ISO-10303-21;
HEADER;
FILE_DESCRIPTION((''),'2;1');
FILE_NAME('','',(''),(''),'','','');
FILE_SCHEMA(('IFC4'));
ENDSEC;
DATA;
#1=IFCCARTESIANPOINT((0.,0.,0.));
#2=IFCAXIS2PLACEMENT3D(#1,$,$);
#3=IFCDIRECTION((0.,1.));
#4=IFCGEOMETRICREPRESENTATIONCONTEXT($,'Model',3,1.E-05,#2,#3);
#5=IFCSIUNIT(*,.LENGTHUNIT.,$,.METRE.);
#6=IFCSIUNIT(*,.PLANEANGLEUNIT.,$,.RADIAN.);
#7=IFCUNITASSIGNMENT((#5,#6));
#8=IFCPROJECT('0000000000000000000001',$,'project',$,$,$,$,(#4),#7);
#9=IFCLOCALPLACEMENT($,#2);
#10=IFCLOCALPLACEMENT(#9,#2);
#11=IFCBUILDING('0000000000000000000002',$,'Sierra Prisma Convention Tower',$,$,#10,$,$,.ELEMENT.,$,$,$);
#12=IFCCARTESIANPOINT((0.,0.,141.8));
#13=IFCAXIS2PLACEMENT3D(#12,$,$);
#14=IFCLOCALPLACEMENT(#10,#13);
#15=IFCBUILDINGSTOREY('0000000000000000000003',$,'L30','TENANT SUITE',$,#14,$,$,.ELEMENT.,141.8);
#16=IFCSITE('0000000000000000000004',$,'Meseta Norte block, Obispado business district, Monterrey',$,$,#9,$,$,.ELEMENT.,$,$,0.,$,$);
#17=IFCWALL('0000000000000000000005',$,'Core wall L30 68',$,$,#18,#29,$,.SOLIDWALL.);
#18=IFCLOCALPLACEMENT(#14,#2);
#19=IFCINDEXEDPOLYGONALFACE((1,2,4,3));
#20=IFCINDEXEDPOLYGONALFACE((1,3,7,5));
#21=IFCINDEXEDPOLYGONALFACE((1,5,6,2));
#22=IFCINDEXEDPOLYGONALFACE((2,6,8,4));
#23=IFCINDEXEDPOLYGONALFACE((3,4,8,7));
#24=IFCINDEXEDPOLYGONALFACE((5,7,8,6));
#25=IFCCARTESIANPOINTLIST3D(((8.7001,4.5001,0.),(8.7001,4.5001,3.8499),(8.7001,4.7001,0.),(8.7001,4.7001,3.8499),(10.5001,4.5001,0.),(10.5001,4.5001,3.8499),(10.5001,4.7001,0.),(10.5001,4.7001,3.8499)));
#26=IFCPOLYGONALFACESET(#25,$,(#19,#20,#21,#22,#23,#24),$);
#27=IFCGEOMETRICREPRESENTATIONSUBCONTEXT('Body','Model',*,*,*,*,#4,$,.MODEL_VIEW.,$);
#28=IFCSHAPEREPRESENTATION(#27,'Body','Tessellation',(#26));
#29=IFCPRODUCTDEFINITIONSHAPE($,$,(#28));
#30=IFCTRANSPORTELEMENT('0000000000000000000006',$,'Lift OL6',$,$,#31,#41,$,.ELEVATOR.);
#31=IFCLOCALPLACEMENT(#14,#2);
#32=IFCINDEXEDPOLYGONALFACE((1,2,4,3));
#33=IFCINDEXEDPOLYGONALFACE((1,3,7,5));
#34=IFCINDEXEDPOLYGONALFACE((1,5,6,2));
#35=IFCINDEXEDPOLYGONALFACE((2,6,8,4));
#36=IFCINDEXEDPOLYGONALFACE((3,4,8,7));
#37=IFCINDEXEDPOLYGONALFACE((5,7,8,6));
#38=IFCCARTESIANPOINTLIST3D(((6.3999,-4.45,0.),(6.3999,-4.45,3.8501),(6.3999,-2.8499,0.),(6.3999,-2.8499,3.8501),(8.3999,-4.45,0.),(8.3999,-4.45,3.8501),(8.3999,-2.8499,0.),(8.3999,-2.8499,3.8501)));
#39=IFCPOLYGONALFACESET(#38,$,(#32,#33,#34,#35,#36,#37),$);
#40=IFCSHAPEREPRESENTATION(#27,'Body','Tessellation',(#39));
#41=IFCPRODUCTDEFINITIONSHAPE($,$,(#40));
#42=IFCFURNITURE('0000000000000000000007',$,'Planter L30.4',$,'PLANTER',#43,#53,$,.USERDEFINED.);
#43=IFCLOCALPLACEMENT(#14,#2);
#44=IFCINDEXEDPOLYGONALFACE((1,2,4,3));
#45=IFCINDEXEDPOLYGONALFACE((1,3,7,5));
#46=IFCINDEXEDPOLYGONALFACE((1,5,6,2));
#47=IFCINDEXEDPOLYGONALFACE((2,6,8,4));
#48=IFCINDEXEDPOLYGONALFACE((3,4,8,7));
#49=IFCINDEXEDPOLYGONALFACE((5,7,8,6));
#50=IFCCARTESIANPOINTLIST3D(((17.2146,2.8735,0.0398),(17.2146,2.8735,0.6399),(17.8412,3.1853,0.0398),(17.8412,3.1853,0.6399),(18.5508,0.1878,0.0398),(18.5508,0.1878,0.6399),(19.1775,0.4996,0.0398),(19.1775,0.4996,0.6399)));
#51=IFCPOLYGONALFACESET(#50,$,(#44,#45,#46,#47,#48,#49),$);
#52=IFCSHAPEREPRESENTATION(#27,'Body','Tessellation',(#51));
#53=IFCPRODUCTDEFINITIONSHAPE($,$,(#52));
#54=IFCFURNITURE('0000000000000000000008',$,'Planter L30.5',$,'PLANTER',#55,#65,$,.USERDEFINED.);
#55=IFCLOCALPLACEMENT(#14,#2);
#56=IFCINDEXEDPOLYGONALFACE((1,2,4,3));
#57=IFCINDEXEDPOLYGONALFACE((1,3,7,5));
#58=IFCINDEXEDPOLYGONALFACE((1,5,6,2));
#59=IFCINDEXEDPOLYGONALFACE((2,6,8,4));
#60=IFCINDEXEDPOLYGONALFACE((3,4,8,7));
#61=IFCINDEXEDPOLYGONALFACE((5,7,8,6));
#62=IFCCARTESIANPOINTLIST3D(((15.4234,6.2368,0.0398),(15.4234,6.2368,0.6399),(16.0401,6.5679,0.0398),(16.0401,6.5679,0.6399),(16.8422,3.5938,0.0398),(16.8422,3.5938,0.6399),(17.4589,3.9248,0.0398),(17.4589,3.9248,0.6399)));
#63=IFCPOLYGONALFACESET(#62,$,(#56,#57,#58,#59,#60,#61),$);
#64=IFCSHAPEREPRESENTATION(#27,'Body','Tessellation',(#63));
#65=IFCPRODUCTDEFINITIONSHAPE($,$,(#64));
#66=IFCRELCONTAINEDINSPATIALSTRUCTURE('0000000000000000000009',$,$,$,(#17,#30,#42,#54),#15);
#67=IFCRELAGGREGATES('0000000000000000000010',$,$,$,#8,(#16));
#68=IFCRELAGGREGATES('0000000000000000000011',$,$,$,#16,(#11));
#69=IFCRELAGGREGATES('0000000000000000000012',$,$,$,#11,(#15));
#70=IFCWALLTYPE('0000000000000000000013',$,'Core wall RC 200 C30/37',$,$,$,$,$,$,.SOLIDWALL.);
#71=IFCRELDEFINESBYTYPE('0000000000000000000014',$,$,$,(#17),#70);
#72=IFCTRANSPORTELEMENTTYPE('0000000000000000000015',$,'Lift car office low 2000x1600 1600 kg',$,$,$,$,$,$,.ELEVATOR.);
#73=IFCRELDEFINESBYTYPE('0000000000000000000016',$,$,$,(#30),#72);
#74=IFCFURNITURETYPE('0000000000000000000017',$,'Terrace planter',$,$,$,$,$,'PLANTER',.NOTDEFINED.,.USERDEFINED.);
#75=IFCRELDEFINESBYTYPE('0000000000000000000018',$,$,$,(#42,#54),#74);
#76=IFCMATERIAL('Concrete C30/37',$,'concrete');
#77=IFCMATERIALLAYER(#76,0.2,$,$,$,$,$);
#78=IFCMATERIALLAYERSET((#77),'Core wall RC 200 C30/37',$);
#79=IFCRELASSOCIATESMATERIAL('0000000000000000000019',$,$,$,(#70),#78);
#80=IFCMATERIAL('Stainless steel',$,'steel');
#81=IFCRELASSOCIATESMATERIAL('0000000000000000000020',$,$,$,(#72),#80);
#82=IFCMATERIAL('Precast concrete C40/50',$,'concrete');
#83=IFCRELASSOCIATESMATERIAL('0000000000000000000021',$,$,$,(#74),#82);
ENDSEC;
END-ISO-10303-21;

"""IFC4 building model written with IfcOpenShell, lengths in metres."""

from ifc_helpers import new_model, si_unit, direction, frame, frame_2d, origin, origin_2d, place, context, subcontext, project, spatial, rectangle, extrude, material, layer, layer_set, type_object, element, save


model = new_model("IFC4")

# Units and contexts
model_context = context("Model", 3, precision=1e-05, world=origin(), true_north=direction((0.0, 1.0)))
body_context = subcontext(model_context, "Body", "Model", "MODEL_VIEW")
ifc_project = project(units=[si_unit("LENGTHUNIT", "METRE"), si_unit("PLANEANGLEUNIT", "RADIAN")], contexts=[model_context])

# Site, building, storey
site_placement = place(None, origin())
site = spatial("IfcSite", under=ifc_project, at=site_placement, Name="Meseta Norte block, Obispado business district, Monterrey", CompositionType="ELEMENT", RefElevation=0.0)
building_placement = place(site_placement, origin())
building = spatial("IfcBuilding", under=site, at=building_placement, Name="Sierra Prisma Convention Tower", CompositionType="ELEMENT")
storey_placement = place(building_placement, frame((0.0, 0.0, 141.8)))
storey = spatial("IfcBuildingStorey", under=building, at=storey_placement, Name="L30", Description="TENANT SUITE", CompositionType="ELEMENT", Elevation=141.8)

# Shared definitions
ifc_material_1 = material(Name="Concrete C30/37", Category="concrete")
ifc_layer_1 = layer(ifc_material_1, 0.2)
ifc_layer_set_1 = layer_set([ifc_layer_1], Name="Core wall RC 200 C30/37")
wall_type = type_object("IfcWallType", Name="Core wall RC 200 C30/37", PredefinedType="SOLIDWALL", material=ifc_layer_set_1)

# Wall
wall_1_placement = place(storey_placement, frame((10.5, 4.6001, 0.0), z_axis=(0.0, 0.0, 1.0), x_axis=(-1.0, 0.0, 0.0)))
element("IfcWall", 1, at=wall_1_placement, inside=storey, type_object=wall_type, Name="Core wall L30 68", PredefinedType="SOLIDWALL", context=body_context, shape_type="SweptSolid", body=[
    extrude(rectangle(XDim=1.8, YDim=0.2, at=frame_2d((0.8999, 0.0))), origin(), (0.0, 0.0, 1.0), 3.8499),
])

# Transport element
ifc_material_2 = material(Name="Stainless steel", Category="steel")
transport_element_type = type_object("IfcTransportElementType", Name="Lift car office low 2000x1600 1600 kg", PredefinedType="ELEVATOR", material=ifc_material_2)
transport_element_placement = place(storey_placement, frame((7.3999, -3.6499, 0.0), z_axis=(0.0, 0.0, 1.0), x_axis=(1.0, 0.0, 0.0)))
element("IfcTransportElement", 2, at=transport_element_placement, inside=storey, type_object=transport_element_type, Name="Lift OL6", PredefinedType="ELEVATOR", context=body_context, shape_type="SweptSolid", body=[
    extrude(rectangle(XDim=2.0, YDim=1.6001, at=origin_2d()), origin(), (0.0, 0.0, 1.0), 3.8501),
])

# Furniture
ifc_material_3 = material(Name="Precast concrete C40/50", Category="concrete")
furniture_type = type_object("IfcFurnitureType", Name="Terrace planter", ElementType="PLANTER", AssemblyPlace="NOTDEFINED", PredefinedType="USERDEFINED", material=ifc_material_3)
for number, where, z_axis, x_axis, name in (
    (3, (18.196, 1.6865, 0.0398), (0.0, 0.0, 1.0), (-0.445458, 0.895303, 0.0), "Planter L30.4"),
    (4, (16.4412, 5.0808, 0.0398), (0.0, 0.0, 1.0), (-0.472956, 0.881086, 0.0), "Planter L30.5"),
):
    element("IfcFurniture", number, at=place(storey_placement, frame(where, z_axis=z_axis, x_axis=x_axis)), inside=storey, type_object=furniture_type, Name=name, ObjectType="PLANTER", PredefinedType="USERDEFINED", context=body_context, shape_type="SweptSolid", body=[
        extrude(rectangle(XDim=2.9998, YDim=0.7, at=origin_2d()), origin(), (0.0, 0.0, 1.0), 0.6001),
    ])

save(model, "model.ifc")
